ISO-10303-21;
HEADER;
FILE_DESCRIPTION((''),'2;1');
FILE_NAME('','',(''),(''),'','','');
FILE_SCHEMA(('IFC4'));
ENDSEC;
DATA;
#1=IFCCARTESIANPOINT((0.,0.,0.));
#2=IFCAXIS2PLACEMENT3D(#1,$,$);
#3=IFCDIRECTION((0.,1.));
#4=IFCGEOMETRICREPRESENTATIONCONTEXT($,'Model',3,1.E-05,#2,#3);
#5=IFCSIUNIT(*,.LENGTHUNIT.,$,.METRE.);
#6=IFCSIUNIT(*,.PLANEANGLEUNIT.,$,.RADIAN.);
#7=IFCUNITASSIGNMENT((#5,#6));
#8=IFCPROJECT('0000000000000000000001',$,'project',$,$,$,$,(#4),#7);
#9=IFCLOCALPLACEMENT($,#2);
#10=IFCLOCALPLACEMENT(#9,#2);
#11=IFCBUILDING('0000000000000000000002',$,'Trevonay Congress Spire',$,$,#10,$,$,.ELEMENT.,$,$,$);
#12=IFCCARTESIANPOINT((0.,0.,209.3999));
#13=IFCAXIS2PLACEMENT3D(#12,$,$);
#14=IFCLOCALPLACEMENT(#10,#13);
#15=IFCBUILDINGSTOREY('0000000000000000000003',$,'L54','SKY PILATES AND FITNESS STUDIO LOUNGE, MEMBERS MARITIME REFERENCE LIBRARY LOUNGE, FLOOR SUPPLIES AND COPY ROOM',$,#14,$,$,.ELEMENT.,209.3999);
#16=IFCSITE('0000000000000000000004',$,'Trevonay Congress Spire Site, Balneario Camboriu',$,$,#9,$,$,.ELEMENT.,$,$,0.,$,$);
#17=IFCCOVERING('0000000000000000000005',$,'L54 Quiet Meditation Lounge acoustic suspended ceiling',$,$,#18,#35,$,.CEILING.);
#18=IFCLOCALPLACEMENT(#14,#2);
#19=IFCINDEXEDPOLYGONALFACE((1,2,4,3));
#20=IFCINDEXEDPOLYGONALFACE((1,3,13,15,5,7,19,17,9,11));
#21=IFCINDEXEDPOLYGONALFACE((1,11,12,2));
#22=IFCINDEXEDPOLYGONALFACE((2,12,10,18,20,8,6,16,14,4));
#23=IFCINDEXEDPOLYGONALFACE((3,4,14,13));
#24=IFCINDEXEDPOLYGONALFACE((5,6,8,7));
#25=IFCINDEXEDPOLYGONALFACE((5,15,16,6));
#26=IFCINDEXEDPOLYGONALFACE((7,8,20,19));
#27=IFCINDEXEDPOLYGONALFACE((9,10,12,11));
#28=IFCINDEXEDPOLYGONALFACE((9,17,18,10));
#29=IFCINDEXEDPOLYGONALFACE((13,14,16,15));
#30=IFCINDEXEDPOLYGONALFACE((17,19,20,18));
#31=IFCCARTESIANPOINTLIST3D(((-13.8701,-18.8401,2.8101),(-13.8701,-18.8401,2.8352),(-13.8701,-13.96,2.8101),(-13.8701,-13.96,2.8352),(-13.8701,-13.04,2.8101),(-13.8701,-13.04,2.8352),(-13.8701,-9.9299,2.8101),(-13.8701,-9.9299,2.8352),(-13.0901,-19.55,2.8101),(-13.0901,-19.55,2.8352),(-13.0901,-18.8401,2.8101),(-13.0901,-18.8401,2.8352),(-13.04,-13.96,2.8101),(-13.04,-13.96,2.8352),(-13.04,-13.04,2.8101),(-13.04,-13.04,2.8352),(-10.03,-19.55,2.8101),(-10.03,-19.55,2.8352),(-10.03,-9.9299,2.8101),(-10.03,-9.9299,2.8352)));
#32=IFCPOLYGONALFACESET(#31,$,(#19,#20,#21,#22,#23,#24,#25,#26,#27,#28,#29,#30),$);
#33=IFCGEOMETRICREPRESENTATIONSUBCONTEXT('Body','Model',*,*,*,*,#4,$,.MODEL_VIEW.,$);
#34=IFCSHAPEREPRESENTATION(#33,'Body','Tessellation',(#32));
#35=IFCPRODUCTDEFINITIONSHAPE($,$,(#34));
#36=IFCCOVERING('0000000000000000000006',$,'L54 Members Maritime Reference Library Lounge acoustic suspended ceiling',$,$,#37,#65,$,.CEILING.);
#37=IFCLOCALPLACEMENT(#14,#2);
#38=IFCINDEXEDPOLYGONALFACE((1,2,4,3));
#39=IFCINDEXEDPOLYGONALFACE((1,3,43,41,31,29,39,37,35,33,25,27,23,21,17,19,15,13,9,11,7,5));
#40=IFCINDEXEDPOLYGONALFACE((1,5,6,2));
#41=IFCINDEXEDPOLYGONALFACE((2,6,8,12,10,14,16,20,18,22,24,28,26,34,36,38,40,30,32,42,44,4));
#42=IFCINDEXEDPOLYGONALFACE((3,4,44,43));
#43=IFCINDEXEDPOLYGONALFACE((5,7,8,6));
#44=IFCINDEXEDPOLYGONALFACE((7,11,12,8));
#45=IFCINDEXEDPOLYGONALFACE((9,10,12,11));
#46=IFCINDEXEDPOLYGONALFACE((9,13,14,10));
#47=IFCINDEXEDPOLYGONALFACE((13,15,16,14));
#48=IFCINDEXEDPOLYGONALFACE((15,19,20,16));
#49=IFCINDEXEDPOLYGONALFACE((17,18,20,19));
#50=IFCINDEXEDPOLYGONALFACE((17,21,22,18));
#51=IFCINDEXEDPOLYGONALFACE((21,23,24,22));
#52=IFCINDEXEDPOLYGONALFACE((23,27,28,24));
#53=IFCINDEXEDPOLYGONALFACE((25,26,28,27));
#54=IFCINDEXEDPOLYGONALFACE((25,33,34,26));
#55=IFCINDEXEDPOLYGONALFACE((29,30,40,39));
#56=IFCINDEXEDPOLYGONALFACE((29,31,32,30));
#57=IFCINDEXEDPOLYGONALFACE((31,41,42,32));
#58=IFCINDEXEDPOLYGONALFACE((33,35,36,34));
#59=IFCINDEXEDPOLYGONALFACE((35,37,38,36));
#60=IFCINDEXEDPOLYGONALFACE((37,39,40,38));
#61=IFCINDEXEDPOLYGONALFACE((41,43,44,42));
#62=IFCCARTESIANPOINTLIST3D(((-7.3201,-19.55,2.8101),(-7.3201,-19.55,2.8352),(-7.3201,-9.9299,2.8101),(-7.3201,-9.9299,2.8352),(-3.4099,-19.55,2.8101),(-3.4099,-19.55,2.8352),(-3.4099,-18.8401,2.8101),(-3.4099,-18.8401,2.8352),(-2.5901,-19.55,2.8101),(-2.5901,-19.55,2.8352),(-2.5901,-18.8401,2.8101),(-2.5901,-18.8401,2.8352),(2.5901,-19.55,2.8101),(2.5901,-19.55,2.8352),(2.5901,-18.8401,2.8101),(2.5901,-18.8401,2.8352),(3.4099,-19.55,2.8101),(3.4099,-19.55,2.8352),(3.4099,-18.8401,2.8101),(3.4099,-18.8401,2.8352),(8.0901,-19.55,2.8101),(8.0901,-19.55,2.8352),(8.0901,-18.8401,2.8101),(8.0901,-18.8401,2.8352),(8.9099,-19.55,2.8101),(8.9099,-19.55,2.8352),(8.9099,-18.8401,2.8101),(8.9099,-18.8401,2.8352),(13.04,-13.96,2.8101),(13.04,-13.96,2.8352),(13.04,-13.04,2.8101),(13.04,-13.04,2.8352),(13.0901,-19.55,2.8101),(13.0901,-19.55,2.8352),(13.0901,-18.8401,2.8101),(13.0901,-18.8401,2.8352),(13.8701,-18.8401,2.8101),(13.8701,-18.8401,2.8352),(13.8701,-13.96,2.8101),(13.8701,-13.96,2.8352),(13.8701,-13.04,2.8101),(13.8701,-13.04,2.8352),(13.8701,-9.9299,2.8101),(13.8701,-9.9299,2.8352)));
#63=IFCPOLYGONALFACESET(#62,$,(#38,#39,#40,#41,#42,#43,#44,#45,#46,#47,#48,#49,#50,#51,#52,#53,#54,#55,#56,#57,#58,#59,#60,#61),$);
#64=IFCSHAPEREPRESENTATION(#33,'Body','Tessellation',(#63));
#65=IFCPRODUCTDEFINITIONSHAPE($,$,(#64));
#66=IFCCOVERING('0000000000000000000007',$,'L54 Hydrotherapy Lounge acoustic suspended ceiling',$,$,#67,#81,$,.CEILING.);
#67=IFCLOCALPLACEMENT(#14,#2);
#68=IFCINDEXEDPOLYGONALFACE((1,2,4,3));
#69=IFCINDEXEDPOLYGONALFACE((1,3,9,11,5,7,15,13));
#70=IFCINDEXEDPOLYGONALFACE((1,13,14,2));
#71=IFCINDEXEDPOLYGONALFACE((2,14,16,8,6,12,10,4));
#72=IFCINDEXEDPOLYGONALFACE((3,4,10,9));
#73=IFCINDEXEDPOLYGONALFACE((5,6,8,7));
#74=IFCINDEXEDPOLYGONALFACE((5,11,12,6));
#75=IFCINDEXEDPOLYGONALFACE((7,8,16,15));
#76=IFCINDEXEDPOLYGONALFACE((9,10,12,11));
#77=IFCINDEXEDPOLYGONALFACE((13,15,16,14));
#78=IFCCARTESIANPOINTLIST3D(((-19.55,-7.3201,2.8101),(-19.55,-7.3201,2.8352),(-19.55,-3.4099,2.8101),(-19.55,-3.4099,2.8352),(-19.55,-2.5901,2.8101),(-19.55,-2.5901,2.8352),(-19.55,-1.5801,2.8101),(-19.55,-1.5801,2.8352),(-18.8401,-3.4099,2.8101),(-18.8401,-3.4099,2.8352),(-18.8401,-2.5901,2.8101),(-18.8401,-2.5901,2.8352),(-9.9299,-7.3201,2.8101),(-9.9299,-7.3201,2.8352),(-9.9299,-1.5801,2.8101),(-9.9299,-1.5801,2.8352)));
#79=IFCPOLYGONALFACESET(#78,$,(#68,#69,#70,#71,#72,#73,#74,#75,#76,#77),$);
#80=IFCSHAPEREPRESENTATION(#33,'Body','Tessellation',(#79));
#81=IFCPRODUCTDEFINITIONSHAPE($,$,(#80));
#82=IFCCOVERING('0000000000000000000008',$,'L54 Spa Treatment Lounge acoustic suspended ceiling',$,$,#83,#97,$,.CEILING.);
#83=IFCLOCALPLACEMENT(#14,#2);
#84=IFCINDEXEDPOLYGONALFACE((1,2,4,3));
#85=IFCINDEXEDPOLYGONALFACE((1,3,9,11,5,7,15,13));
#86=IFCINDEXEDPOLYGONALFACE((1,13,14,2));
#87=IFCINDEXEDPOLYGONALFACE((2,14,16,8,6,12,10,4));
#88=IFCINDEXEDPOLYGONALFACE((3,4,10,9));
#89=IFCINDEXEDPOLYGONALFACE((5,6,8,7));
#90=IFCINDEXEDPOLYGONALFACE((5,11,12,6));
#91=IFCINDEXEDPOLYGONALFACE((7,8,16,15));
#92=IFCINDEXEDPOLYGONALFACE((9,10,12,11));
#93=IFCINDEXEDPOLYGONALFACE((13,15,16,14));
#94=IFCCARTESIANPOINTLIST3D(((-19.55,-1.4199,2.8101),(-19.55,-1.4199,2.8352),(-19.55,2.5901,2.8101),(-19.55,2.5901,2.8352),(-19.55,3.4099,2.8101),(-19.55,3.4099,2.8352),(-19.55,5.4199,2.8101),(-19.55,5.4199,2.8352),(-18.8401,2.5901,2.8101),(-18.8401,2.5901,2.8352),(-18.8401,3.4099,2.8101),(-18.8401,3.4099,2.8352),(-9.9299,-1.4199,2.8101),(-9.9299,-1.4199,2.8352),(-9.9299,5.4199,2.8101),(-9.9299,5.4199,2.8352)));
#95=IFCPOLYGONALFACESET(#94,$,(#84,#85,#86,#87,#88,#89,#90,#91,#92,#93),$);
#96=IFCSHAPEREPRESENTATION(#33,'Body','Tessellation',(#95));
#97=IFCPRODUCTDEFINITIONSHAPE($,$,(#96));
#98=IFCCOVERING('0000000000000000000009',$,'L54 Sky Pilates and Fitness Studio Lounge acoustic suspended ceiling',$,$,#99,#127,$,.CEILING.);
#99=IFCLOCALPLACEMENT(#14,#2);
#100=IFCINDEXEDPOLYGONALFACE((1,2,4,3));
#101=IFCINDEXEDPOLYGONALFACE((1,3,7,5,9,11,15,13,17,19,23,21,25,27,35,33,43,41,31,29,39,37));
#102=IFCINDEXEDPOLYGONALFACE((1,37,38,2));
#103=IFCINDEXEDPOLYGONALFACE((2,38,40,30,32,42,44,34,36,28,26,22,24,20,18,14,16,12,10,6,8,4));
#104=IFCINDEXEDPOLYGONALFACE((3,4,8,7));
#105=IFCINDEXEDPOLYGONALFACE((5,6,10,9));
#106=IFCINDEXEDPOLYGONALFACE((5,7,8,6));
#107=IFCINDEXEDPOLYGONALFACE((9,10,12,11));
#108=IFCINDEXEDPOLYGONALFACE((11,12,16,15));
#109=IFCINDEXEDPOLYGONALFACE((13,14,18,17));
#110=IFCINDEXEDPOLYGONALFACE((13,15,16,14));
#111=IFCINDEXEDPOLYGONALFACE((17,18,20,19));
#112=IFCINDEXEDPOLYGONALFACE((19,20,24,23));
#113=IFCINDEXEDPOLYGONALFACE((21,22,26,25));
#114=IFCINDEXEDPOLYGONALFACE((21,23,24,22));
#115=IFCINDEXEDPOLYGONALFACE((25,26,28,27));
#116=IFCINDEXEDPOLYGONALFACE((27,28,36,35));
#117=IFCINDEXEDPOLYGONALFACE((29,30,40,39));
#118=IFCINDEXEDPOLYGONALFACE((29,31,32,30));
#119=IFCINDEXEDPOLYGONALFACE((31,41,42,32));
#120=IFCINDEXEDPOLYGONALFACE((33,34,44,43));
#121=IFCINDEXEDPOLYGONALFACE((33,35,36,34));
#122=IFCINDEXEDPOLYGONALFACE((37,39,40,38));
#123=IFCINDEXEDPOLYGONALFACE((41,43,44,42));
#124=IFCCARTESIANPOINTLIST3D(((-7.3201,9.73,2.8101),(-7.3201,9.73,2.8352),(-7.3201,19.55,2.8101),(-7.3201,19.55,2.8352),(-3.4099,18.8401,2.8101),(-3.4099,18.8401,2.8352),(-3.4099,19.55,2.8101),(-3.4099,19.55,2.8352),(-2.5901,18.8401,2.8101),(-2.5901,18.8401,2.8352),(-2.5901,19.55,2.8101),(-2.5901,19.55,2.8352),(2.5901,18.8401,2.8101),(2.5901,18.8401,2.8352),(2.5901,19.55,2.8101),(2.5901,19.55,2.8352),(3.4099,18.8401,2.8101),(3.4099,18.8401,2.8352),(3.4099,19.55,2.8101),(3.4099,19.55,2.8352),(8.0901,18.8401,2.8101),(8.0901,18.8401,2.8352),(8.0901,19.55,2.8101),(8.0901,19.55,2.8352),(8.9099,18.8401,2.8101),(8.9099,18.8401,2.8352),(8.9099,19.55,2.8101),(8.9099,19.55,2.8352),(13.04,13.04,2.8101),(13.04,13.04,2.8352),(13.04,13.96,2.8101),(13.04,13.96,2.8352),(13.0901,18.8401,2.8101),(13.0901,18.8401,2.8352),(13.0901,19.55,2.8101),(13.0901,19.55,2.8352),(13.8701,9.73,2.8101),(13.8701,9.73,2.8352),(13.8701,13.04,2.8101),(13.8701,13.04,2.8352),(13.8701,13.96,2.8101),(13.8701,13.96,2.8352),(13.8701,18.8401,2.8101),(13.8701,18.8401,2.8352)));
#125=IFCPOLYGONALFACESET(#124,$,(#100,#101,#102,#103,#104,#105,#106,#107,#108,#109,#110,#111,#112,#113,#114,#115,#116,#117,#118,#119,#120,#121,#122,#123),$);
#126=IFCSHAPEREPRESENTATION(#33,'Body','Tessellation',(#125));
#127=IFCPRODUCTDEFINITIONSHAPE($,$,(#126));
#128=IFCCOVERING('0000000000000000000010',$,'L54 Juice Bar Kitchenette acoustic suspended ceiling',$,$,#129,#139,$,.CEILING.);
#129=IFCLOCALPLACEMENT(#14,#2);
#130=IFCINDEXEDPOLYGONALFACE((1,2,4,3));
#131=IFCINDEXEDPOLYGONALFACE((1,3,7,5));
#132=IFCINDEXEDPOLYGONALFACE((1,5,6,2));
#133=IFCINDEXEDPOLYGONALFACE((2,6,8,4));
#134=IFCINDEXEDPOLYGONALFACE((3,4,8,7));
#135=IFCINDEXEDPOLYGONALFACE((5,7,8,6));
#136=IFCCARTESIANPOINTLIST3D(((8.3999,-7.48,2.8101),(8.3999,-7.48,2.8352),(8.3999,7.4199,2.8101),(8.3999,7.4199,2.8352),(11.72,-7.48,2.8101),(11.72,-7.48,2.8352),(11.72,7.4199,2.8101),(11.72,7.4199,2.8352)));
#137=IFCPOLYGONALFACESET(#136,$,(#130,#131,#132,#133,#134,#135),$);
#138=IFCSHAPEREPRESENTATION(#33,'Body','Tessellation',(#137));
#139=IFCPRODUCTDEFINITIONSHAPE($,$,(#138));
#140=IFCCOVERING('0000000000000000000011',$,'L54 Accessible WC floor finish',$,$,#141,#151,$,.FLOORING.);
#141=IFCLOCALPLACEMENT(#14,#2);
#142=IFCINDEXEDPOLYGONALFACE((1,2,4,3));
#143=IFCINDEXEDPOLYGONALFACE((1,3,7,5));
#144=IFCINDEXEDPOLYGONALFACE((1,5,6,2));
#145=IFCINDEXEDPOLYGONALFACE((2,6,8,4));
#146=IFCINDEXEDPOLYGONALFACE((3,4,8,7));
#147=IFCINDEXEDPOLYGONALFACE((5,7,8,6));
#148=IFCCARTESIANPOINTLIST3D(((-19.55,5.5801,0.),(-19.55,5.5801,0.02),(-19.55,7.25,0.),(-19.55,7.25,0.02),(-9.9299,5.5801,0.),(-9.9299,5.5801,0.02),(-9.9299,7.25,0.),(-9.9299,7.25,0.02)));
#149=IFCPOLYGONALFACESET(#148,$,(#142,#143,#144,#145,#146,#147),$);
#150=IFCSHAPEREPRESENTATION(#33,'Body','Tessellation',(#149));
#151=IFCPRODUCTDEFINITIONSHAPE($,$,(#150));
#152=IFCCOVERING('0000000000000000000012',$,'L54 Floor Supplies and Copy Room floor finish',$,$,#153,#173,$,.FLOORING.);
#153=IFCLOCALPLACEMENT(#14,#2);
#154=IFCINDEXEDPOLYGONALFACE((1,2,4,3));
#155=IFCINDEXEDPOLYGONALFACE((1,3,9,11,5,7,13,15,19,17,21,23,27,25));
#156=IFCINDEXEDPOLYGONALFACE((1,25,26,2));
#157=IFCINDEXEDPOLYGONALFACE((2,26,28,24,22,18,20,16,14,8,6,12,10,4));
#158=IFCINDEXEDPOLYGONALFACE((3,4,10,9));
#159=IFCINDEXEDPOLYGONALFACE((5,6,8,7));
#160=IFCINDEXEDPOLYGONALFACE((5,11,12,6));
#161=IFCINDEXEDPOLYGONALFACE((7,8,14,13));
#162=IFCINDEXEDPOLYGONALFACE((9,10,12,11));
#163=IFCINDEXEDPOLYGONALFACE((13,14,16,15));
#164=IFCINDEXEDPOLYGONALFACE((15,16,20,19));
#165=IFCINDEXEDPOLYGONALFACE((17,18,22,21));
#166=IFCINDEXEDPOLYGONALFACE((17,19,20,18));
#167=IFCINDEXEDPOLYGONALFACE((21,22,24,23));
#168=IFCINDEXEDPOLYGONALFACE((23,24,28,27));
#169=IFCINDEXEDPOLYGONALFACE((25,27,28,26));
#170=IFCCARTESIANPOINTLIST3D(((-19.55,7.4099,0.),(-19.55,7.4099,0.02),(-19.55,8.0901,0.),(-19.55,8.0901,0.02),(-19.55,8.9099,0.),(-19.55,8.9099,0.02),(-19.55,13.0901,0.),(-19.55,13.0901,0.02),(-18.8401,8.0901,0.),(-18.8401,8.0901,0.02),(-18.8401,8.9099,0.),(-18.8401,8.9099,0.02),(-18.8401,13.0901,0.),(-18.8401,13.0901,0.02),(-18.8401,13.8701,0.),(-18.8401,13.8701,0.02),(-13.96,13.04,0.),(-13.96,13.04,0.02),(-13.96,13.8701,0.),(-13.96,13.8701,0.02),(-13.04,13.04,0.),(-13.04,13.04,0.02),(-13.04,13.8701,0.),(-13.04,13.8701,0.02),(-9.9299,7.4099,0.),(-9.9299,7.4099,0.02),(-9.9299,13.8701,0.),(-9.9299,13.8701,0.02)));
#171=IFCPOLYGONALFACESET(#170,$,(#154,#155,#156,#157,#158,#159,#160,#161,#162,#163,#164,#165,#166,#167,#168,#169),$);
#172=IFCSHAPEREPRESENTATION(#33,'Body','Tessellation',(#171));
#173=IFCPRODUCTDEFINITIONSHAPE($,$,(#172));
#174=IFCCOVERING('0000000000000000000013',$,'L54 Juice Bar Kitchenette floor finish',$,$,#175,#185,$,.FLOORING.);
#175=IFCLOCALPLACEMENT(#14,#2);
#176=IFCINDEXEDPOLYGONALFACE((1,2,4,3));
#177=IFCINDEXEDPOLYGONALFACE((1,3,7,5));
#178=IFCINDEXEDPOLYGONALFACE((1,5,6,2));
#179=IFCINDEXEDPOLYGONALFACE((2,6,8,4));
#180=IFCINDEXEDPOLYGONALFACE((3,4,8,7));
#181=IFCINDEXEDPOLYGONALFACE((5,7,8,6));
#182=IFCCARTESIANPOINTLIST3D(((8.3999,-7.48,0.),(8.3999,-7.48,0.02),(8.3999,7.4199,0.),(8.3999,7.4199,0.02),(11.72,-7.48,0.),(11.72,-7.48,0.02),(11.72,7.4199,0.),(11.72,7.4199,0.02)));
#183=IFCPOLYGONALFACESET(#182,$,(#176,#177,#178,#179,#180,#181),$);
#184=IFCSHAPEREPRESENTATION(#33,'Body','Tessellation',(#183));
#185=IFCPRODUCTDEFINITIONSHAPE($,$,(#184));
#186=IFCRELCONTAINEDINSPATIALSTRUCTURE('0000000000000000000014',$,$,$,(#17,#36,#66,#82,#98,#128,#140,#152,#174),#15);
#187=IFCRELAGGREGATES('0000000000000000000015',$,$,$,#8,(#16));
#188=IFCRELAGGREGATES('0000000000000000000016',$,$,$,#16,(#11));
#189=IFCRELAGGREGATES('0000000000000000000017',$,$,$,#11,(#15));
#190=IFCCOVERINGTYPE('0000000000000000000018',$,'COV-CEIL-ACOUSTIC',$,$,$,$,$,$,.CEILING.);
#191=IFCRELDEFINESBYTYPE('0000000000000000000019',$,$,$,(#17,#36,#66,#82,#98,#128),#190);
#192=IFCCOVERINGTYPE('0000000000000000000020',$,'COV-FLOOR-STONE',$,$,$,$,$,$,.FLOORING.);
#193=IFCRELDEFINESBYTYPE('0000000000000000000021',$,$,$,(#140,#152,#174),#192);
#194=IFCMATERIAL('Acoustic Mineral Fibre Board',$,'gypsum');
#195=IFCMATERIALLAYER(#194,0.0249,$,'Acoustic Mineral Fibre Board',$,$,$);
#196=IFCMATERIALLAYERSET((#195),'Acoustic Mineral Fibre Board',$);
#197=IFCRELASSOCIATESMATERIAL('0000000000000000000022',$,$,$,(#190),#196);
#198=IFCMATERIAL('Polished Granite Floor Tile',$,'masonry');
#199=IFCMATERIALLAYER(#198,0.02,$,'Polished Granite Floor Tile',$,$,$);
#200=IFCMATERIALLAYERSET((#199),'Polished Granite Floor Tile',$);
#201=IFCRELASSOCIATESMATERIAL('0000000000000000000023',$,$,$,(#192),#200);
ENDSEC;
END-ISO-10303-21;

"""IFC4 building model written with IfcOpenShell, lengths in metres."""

from ifc_helpers import new_model, si_unit, direction, frame, origin, place, context, subcontext, project, spatial, polyline, outline, extrude, material, layer, layer_set, type_object, element, save


model = new_model("IFC4")

# Units and contexts
model_context = context("Model", 3, precision=1e-05, world=origin(), true_north=direction((0.0, 1.0)))
body_context = subcontext(model_context, "Body", "Model", "MODEL_VIEW")
ifc_project = project(units=[si_unit("LENGTHUNIT", "METRE"), si_unit("PLANEANGLEUNIT", "RADIAN")], contexts=[model_context])

# Site, building, storey
site_placement = place(None, origin())
site = spatial("IfcSite", under=ifc_project, at=site_placement, Name="Trevonay Congress Spire Site, Balneario Camboriu", CompositionType="ELEMENT", RefElevation=0.0)
building_placement = place(site_placement, origin())
building = spatial("IfcBuilding", under=site, at=building_placement, Name="Trevonay Congress Spire", CompositionType="ELEMENT")
storey_placement = place(building_placement, frame((0.0, 0.0, 209.3999)))
storey = spatial("IfcBuildingStorey", under=building, at=storey_placement, Name="L54", Description="SKY PILATES AND FITNESS STUDIO LOUNGE, MEMBERS MARITIME REFERENCE LIBRARY LOUNGE, FLOOR SUPPLIES AND COPY ROOM", CompositionType="ELEMENT", Elevation=209.3999)

# Coverings
ifc_material_1 = material(Name="Acoustic Mineral Fibre Board", Category="gypsum")
ifc_layer_1 = layer(ifc_material_1, 0.0249, Name="Acoustic Mineral Fibre Board")
ifc_layer_set_1 = layer_set([ifc_layer_1], Name="Acoustic Mineral Fibre Board")
covering_type_1 = type_object("IfcCoveringType", Name="COV-CEIL-ACOUSTIC", PredefinedType="CEILING", material=ifc_layer_set_1)
covering_1_placement = place(storey_placement, frame((0.0, 0.0, 2.8101)))
element("IfcCovering", 1, at=covering_1_placement, inside=storey, type_object=covering_type_1, Name="L54 Quiet Meditation Lounge acoustic suspended ceiling", PredefinedType="CEILING", context=body_context, shape_type="SweptSolid", body=[
    extrude(outline(polyline([(-13.8701, -9.9299), (-10.03, -9.9299), (-10.03, -19.55), (-13.0901, -19.55), (-13.0901, -18.8401), (-13.8701, -18.8401), (-13.8701, -13.96), (-13.04, -13.96), (-13.04, -13.04), (-13.8701, -13.04), (-13.8701, -9.9299)])), origin(), (0.0, 0.0, 1.0), 0.0251),
])
covering_2_placement = place(storey_placement, frame((0.0, 0.0, 2.8101)))
element("IfcCovering", 2, at=covering_2_placement, inside=storey, type_object=covering_type_1, Name="L54 Members Maritime Reference Library Lounge acoustic suspended ceiling", PredefinedType="CEILING", context=body_context, shape_type="SweptSolid", body=[
    extrude(outline(polyline([(-7.3201, -19.55), (-7.3201, -9.9299), (13.8701, -9.9299), (13.8701, -13.04), (13.04, -13.04), (13.04, -13.96), (13.8701, -13.96), (13.8701, -18.8401), (13.0901, -18.8401), (13.0901, -19.55), (8.9099, -19.55), (8.9099, -18.8401), (8.0901, -18.8401), (8.0901, -19.55), (3.4099, -19.55), (3.4099, -18.8401), (2.5901, -18.8401), (2.5901, -19.55), (-2.5901, -19.55), (-2.5901, -18.8401), (-3.4099, -18.8401), (-3.4099, -19.55), (-7.3201, -19.55)])), origin(), (0.0, 0.0, 1.0), 0.0251),
])
covering_3_placement = place(storey_placement, frame((0.0, 0.0, 2.8101)))
element("IfcCovering", 3, at=covering_3_placement, inside=storey, type_object=covering_type_1, Name="L54 Hydrotherapy Lounge acoustic suspended ceiling", PredefinedType="CEILING", context=body_context, shape_type="SweptSolid", body=[
    extrude(outline(polyline([(-19.55, -1.5801), (-9.9299, -1.5801), (-9.9299, -7.3201), (-19.55, -7.3201), (-19.55, -3.4099), (-18.8401, -3.4099), (-18.8401, -2.5901), (-19.55, -2.5901), (-19.55, -1.5801)])), origin(), (0.0, 0.0, 1.0), 0.0251),
])
covering_4_placement = place(storey_placement, frame((0.0, 0.0, 2.8101)))
element("IfcCovering", 4, at=covering_4_placement, inside=storey, type_object=covering_type_1, Name="L54 Spa Treatment Lounge acoustic suspended ceiling", PredefinedType="CEILING", context=body_context, shape_type="SweptSolid", body=[
    extrude(outline(polyline([(-19.55, 5.4199), (-9.9299, 5.4199), (-9.9299, -1.4199), (-19.55, -1.4199), (-19.55, 2.5901), (-18.8401, 2.5901), (-18.8401, 3.4099), (-19.55, 3.4099), (-19.55, 5.4199)])), origin(), (0.0, 0.0, 1.0), 0.0251),
])
covering_5_placement = place(storey_placement, frame((0.0, 0.0, 2.8101)))
element("IfcCovering", 5, at=covering_5_placement, inside=storey, type_object=covering_type_1, Name="L54 Sky Pilates and Fitness Studio Lounge acoustic suspended ceiling", PredefinedType="CEILING", context=body_context, shape_type="SweptSolid", body=[
    extrude(outline(polyline([(13.8701, 9.73), (-7.3201, 9.73), (-7.3201, 19.55), (-3.4099, 19.55), (-3.4099, 18.8401), (-2.5901, 18.8401), (-2.5901, 19.55), (2.5901, 19.55), (2.5901, 18.8401), (3.4099, 18.8401), (3.4099, 19.55), (8.0901, 19.55), (8.0901, 18.8401), (8.9099, 18.8401), (8.9099, 19.55), (13.0901, 19.55), (13.0901, 18.8401), (13.8701, 18.8401), (13.8701, 13.96), (13.04, 13.96), (13.04, 13.04), (13.8701, 13.04), (13.8701, 9.73)])), origin(), (0.0, 0.0, 1.0), 0.0251),
])
covering_6_placement = place(storey_placement, frame((0.0, 0.0, 2.8101)))
element("IfcCovering", 6, at=covering_6_placement, inside=storey, type_object=covering_type_1, Name="L54 Juice Bar Kitchenette acoustic suspended ceiling", PredefinedType="CEILING", context=body_context, shape_type="SweptSolid", body=[
    extrude(outline(polyline([(8.3999, -7.48), (11.72, -7.48), (11.72, 7.4199), (8.3999, 7.4199), (8.3999, -7.48)])), origin(), (0.0, 0.0, 1.0), 0.0251),
])
ifc_material_2 = material(Name="Polished Granite Floor Tile", Category="masonry")
ifc_layer_2 = layer(ifc_material_2, 0.02, Name="Polished Granite Floor Tile")
ifc_layer_set_2 = layer_set([ifc_layer_2], Name="Polished Granite Floor Tile")
covering_type_2 = type_object("IfcCoveringType", Name="COV-FLOOR-STONE", PredefinedType="FLOORING", material=ifc_layer_set_2)
covering_7_placement = place(storey_placement, origin())
element("IfcCovering", 7, at=covering_7_placement, inside=storey, type_object=covering_type_2, Name="L54 Accessible WC floor finish", PredefinedType="FLOORING", context=body_context, shape_type="SweptSolid", body=[
    extrude(outline(polyline([(-19.55, 5.5801), (-9.9299, 5.5801), (-9.9299, 7.25), (-19.55, 7.25), (-19.55, 5.5801)])), origin(), (0.0, 0.0, 1.0), 0.02),
])
covering_8_placement = place(storey_placement, origin())
element("IfcCovering", 8, at=covering_8_placement, inside=storey, type_object=covering_type_2, Name="L54 Floor Supplies and Copy Room floor finish", PredefinedType="FLOORING", context=body_context, shape_type="SweptSolid", body=[
    extrude(outline(polyline([(-9.9299, 13.8701), (-9.9299, 7.4099), (-19.55, 7.4099), (-19.55, 8.0901), (-18.8401, 8.0901), (-18.8401, 8.9099), (-19.55, 8.9099), (-19.55, 13.0901), (-18.8401, 13.0901), (-18.8401, 13.8701), (-13.96, 13.8701), (-13.96, 13.04), (-13.04, 13.04), (-13.04, 13.8701), (-9.9299, 13.8701)])), origin(), (0.0, 0.0, 1.0), 0.02),
])
covering_9_placement = place(storey_placement, origin())
element("IfcCovering", 9, at=covering_9_placement, inside=storey, type_object=covering_type_2, Name="L54 Juice Bar Kitchenette floor finish", PredefinedType="FLOORING", context=body_context, shape_type="SweptSolid", body=[
    extrude(outline(polyline([(8.3999, -7.48), (11.72, -7.48), (11.72, 7.4199), (8.3999, 7.4199), (8.3999, -7.48)])), origin(), (0.0, 0.0, 1.0), 0.02),
])

save(model, "model.ifc")
